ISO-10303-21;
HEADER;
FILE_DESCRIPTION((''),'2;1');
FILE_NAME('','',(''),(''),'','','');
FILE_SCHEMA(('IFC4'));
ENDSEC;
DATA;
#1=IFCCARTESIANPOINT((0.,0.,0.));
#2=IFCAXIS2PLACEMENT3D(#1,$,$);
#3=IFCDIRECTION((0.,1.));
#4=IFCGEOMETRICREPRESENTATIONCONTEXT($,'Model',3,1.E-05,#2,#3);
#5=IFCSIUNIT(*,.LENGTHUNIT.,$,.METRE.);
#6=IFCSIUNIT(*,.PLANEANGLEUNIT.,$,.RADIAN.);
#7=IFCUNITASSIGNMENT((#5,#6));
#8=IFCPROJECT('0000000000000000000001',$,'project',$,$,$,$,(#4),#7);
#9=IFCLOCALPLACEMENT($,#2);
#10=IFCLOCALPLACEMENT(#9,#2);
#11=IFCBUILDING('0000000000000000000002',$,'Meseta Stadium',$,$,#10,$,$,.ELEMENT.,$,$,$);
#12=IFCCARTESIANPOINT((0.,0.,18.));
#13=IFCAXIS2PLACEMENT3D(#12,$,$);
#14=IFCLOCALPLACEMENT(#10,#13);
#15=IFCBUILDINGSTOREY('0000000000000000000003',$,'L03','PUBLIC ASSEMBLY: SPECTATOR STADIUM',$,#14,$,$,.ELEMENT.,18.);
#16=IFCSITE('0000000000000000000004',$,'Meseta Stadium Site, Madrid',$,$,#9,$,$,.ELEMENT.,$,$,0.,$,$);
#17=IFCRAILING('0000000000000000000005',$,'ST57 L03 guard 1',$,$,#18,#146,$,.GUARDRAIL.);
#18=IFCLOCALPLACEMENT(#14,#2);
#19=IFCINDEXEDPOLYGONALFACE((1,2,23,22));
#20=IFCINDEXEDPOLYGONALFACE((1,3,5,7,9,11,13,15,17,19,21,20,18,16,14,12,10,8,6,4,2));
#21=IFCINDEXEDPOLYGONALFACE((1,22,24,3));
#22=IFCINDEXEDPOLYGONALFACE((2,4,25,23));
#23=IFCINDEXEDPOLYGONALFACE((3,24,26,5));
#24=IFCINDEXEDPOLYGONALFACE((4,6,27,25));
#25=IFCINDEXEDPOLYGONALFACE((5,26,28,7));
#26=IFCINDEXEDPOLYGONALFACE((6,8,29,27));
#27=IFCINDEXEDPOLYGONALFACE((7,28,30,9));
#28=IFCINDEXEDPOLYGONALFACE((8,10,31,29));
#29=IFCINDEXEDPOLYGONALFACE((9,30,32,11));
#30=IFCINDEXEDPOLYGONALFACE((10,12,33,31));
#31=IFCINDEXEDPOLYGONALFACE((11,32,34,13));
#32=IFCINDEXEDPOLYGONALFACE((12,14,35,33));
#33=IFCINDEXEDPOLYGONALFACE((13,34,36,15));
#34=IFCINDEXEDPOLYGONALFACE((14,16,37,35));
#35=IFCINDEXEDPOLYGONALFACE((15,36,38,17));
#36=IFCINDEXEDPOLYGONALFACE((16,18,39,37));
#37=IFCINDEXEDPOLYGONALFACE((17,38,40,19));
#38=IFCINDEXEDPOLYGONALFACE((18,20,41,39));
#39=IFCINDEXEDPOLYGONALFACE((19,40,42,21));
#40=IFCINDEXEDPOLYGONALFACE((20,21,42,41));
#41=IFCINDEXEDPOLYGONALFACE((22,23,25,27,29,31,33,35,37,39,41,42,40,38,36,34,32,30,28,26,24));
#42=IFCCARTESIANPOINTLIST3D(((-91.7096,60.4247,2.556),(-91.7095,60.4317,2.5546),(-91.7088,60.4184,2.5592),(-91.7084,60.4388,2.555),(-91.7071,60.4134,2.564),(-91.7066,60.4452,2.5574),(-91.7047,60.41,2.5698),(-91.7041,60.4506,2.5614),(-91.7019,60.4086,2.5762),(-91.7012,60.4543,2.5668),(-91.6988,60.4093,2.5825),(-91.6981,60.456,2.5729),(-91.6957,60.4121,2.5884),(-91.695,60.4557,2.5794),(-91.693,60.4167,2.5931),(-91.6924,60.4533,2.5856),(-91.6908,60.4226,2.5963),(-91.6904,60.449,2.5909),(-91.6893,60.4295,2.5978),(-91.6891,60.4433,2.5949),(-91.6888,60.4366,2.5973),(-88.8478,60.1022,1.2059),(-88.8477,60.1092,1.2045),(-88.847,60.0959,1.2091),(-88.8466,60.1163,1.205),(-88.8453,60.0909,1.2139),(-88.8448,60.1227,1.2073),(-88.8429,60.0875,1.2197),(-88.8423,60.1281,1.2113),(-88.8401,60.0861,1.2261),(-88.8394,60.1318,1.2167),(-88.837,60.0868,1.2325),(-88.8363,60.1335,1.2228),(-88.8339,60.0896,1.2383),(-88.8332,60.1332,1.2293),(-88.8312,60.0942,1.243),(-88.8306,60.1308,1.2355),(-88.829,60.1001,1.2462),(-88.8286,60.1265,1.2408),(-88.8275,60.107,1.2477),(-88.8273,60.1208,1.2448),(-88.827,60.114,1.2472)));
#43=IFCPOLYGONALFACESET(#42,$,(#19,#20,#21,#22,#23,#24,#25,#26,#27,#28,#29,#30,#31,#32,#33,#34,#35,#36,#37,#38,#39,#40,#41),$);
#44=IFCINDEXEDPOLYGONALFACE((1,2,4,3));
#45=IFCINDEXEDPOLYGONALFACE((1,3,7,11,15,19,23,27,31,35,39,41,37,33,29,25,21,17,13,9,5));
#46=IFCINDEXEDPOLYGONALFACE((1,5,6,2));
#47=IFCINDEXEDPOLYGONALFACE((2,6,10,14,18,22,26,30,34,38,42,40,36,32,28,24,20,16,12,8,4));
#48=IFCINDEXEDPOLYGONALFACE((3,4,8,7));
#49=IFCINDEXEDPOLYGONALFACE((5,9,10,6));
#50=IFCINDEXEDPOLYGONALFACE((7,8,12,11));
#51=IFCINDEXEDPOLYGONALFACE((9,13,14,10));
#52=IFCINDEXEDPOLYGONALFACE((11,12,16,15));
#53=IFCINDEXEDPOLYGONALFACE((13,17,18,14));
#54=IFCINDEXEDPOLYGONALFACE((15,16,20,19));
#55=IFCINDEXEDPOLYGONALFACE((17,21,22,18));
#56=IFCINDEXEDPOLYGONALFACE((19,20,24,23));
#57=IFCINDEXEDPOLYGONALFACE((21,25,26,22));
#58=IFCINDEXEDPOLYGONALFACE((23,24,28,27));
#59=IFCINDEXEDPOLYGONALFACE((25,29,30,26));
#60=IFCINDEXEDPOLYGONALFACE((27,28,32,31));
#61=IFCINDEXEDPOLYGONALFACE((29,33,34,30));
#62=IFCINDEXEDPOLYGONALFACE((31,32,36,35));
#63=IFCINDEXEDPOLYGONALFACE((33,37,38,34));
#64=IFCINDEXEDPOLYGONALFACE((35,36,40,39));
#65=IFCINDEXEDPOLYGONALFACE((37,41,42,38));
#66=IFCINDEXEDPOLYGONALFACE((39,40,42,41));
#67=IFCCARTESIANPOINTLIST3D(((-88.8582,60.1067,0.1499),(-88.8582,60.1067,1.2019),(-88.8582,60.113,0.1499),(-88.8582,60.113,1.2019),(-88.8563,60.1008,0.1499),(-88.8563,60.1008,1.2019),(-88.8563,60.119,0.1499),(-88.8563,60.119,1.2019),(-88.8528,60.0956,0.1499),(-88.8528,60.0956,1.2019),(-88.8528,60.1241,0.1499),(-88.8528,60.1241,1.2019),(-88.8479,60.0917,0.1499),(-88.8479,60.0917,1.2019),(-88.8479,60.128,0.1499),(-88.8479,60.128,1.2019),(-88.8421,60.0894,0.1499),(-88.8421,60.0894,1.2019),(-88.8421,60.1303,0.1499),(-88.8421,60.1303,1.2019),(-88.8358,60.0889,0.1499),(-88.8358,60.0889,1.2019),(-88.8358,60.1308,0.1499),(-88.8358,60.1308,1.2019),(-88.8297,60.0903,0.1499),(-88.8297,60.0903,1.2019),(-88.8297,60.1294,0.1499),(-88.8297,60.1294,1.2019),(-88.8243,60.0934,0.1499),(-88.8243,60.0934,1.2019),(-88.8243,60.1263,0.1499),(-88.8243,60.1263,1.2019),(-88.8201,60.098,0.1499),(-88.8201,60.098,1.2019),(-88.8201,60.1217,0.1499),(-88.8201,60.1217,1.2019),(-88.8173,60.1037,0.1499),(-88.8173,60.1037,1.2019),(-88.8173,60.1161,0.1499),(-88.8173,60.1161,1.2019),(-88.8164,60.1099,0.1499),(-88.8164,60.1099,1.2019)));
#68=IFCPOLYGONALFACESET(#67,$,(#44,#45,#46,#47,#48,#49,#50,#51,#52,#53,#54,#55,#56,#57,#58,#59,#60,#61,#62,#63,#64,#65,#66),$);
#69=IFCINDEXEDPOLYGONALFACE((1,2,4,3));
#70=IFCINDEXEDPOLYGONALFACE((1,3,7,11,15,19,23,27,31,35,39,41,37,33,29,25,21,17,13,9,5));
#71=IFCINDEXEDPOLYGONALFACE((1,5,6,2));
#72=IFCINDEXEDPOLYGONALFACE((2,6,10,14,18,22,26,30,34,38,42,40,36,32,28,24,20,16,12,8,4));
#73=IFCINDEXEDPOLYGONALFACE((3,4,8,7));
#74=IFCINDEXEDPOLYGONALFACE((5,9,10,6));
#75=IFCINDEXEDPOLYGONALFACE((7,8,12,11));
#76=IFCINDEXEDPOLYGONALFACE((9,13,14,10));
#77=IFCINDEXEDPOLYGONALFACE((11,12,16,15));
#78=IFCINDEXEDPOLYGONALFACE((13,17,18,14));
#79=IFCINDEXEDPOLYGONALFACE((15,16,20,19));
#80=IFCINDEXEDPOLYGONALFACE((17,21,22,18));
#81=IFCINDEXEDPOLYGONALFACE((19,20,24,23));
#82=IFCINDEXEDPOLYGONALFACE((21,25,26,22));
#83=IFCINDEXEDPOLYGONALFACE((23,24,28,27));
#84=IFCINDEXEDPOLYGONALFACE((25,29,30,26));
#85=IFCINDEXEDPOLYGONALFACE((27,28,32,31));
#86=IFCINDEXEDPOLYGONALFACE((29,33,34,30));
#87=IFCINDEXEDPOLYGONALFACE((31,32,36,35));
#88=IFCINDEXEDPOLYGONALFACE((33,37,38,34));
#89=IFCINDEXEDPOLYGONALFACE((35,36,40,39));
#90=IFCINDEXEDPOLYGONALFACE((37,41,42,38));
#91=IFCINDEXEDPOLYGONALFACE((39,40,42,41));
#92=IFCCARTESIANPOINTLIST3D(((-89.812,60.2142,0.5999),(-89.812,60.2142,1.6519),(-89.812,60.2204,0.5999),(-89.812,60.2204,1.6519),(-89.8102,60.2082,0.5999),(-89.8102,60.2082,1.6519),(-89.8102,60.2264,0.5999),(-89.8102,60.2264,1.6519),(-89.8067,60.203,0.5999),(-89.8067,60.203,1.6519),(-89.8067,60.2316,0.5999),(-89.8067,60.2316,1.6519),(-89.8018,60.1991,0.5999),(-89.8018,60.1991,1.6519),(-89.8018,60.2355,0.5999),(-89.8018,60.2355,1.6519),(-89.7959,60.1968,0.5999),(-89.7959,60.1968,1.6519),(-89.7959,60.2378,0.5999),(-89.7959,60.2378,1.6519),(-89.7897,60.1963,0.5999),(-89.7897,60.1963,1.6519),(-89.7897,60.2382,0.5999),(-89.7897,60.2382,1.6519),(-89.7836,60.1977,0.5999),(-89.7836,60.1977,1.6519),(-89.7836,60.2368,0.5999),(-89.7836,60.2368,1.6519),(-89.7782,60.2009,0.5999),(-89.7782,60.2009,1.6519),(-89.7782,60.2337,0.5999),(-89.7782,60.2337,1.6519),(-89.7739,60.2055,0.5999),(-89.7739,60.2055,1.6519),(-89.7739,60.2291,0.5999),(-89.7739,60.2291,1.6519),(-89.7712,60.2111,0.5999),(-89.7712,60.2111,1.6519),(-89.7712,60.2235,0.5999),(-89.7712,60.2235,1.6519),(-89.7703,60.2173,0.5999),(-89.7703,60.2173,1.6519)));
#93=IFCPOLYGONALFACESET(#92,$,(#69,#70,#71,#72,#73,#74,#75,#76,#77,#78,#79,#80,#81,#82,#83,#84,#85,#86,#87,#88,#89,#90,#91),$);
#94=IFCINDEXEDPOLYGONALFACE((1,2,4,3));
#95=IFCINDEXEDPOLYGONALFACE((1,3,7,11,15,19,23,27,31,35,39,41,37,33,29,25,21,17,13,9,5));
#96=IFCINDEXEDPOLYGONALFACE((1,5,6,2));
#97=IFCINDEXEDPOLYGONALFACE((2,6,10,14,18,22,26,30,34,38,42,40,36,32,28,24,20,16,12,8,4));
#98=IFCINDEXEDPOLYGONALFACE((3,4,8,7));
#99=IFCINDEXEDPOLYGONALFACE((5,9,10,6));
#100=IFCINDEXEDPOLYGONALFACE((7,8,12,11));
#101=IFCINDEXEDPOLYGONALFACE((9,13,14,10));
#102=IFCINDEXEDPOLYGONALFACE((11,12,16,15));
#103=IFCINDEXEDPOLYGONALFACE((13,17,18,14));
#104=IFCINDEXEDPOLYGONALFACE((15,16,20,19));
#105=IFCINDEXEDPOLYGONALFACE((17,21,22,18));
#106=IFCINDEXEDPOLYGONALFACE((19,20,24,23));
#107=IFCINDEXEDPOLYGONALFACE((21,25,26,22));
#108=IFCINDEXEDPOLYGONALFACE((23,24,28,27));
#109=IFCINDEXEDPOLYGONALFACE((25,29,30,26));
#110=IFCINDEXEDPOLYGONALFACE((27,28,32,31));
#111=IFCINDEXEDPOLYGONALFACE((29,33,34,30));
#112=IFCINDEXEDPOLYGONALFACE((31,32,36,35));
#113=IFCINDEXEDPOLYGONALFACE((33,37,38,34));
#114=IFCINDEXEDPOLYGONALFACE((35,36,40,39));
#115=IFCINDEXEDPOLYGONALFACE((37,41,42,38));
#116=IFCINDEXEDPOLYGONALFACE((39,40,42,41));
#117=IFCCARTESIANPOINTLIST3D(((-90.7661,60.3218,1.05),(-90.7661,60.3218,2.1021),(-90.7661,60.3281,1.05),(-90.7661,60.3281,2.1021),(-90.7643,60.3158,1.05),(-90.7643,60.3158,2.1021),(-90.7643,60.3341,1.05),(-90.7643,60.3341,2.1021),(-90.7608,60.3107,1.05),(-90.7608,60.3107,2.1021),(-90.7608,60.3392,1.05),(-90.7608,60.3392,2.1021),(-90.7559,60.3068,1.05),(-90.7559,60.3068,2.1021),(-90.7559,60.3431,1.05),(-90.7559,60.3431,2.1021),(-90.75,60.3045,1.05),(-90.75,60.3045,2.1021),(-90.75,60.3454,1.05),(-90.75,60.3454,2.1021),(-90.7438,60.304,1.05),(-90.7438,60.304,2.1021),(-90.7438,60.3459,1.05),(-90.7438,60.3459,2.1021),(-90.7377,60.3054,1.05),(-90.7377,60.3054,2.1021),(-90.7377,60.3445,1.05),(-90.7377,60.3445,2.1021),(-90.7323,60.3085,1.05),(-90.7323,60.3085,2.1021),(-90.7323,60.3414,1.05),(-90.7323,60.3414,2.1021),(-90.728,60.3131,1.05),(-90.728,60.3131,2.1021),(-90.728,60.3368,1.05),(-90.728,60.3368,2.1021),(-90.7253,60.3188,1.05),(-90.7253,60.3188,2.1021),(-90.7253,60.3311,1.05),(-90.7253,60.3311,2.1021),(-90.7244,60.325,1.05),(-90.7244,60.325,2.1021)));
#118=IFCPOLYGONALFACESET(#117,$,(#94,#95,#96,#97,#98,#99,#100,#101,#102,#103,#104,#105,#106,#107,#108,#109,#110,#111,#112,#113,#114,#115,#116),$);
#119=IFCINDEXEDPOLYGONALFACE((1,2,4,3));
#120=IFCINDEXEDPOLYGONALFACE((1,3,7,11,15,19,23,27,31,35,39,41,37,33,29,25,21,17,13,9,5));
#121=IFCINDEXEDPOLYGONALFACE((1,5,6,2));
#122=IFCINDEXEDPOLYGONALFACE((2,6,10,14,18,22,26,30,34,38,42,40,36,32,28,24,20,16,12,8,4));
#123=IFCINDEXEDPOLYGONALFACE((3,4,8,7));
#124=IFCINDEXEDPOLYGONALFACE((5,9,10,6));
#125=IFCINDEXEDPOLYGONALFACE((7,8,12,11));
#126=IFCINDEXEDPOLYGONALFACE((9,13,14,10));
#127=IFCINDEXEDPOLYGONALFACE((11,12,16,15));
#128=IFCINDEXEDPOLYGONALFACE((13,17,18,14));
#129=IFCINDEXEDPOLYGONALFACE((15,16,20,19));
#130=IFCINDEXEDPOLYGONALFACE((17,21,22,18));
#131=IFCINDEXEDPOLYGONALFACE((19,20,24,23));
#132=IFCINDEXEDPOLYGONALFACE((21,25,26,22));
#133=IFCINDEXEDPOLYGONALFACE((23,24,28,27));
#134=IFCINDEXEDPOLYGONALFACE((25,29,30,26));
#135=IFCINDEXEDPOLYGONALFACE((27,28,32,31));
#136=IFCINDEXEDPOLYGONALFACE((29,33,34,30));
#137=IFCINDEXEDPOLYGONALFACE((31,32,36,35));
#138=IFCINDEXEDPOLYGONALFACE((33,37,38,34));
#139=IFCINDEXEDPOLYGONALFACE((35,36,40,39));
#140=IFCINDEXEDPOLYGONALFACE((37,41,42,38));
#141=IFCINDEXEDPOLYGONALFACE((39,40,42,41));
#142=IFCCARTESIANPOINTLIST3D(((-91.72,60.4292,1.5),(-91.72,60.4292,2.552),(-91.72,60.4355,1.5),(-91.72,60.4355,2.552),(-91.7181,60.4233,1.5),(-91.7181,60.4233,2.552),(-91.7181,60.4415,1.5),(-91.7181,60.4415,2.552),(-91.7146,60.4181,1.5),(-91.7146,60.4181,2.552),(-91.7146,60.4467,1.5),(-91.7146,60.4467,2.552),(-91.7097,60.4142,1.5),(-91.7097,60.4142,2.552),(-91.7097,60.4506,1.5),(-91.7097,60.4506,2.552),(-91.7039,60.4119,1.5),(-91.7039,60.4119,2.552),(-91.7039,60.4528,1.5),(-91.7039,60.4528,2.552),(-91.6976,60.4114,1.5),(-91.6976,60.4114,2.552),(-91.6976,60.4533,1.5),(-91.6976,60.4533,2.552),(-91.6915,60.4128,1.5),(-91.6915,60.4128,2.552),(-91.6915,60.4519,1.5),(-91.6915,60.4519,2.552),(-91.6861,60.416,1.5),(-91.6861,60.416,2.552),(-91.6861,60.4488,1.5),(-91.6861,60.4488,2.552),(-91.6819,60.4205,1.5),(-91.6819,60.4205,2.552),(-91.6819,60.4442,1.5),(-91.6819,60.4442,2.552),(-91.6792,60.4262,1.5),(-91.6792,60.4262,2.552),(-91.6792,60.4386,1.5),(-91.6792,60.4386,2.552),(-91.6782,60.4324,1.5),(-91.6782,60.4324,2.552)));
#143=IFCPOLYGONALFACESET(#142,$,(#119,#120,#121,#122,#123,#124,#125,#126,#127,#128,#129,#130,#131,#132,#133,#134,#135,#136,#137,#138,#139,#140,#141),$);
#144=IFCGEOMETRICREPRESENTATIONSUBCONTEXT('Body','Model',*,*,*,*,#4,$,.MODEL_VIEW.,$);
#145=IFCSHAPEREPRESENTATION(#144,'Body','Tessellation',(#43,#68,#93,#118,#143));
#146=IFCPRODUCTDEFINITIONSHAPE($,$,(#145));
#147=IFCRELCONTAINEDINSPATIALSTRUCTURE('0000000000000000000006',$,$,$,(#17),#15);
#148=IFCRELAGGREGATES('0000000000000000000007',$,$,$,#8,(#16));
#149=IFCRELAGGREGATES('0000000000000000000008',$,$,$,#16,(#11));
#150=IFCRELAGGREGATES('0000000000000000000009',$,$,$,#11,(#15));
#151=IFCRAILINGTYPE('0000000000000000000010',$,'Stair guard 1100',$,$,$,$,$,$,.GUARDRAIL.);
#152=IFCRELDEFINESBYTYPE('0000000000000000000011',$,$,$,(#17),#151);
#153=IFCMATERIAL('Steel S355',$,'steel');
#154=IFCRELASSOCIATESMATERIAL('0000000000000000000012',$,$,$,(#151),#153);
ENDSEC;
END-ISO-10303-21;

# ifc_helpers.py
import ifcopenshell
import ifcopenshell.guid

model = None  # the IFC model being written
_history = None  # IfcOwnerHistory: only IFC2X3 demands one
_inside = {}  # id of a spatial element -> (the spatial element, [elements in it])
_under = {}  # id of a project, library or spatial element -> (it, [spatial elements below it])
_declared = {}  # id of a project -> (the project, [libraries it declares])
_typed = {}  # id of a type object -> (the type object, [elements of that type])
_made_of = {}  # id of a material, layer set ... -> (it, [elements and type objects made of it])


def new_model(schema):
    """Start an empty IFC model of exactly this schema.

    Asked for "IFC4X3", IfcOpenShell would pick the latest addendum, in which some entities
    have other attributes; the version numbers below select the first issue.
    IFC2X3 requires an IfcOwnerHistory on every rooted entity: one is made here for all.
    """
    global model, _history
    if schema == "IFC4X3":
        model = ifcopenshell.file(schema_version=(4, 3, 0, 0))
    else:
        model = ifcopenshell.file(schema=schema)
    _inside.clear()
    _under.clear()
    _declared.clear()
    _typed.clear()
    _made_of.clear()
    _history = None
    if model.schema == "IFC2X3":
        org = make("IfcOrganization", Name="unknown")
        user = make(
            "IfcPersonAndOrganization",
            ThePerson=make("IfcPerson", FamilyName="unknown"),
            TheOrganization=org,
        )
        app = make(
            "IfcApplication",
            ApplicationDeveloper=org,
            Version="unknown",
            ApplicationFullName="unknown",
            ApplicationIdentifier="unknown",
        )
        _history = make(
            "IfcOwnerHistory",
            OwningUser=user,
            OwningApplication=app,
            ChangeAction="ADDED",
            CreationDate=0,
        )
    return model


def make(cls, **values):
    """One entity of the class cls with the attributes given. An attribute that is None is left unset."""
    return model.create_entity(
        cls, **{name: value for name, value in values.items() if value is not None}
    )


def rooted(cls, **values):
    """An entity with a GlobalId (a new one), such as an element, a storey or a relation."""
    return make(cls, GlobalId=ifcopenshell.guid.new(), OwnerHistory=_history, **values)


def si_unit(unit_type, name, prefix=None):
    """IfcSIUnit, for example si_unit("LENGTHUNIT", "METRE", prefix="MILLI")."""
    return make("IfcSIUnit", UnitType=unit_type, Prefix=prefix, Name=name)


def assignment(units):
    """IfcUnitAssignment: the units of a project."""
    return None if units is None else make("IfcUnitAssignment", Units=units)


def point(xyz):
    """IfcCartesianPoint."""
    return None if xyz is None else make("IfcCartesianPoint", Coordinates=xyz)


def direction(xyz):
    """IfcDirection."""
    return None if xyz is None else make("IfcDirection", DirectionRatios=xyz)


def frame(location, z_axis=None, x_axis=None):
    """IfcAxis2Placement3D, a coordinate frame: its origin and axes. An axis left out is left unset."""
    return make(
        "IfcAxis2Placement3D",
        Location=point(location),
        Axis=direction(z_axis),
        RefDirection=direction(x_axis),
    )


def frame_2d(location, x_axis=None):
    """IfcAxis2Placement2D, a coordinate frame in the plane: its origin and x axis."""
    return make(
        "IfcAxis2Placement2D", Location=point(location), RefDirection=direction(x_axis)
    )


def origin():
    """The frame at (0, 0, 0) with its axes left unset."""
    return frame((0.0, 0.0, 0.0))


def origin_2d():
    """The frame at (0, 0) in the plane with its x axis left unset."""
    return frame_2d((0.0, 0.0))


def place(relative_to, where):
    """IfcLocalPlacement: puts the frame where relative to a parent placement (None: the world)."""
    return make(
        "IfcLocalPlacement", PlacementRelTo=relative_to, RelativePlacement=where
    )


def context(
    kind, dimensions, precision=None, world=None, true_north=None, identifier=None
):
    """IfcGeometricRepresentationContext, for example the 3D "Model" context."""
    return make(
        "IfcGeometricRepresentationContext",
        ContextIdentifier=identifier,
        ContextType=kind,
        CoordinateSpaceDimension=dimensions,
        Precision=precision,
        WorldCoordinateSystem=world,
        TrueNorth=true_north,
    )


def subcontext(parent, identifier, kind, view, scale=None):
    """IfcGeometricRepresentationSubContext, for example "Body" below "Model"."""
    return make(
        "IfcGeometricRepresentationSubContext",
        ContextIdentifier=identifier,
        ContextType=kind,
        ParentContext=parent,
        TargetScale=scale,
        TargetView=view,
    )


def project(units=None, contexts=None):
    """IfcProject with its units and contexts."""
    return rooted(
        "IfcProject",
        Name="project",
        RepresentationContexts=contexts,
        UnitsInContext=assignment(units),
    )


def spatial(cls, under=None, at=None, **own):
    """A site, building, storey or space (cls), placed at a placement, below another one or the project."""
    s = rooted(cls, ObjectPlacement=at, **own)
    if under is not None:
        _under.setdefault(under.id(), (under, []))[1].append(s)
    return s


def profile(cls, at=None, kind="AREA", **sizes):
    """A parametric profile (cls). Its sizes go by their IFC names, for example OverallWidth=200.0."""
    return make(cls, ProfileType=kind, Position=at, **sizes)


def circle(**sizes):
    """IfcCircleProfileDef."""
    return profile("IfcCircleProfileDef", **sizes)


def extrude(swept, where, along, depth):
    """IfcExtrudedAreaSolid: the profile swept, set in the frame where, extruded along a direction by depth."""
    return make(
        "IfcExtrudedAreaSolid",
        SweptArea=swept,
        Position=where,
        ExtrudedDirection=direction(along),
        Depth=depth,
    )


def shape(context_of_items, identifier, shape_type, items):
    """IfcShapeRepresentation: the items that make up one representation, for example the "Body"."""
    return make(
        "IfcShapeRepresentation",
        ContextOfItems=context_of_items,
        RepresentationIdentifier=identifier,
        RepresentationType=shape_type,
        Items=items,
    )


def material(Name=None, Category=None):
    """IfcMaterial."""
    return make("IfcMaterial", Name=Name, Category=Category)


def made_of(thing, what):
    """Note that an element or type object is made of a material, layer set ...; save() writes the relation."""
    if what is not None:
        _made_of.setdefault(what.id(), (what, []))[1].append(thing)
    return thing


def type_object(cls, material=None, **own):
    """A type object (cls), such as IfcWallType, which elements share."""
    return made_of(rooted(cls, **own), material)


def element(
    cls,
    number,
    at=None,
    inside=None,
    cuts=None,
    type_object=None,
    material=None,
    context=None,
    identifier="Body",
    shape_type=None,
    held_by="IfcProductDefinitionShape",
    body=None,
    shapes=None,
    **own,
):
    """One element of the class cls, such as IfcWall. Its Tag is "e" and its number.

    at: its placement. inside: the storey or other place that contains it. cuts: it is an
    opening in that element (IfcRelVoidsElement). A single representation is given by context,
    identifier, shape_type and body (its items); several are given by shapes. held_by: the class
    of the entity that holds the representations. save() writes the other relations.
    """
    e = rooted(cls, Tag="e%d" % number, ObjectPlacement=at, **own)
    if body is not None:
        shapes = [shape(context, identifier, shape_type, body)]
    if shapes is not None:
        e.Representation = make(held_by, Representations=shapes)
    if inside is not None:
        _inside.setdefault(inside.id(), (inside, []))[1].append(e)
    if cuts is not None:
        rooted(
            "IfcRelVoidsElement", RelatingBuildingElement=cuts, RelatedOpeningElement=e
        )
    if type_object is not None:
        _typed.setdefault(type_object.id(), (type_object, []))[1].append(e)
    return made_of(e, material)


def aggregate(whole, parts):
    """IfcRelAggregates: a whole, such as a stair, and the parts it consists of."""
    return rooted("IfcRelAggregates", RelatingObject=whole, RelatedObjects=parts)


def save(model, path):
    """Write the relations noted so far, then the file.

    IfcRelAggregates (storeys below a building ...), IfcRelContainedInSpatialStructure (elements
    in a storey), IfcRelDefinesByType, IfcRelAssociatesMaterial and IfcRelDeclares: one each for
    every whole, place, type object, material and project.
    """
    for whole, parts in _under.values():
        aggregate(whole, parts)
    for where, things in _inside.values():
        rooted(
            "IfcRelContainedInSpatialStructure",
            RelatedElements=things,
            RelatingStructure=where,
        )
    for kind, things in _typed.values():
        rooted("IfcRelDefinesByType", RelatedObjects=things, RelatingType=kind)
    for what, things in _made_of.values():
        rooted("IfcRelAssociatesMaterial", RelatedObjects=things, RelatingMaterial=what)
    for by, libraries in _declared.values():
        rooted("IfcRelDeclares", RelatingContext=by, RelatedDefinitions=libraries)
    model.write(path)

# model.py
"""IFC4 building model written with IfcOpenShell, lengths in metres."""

from ifc_helpers import new_model, si_unit, direction, frame, origin, origin_2d, place, context, subcontext, project, spatial, circle, extrude, material, type_object, element, save


model = new_model("IFC4")

# Units and contexts
model_context = context("Model", 3, precision=1e-05, world=origin(), true_north=direction((0.0, 1.0)))
body_context = subcontext(model_context, "Body", "Model", "MODEL_VIEW")
ifc_project = project(units=[si_unit("LENGTHUNIT", "METRE"), si_unit("PLANEANGLEUNIT", "RADIAN")], contexts=[model_context])

# Site, building, storey
site_placement = place(None, origin())
site = spatial("IfcSite", under=ifc_project, at=site_placement, Name="Meseta Stadium Site, Madrid", CompositionType="ELEMENT", RefElevation=0.0)
building_placement = place(site_placement, origin())
building = spatial("IfcBuilding", under=site, at=building_placement, Name="Meseta Stadium", CompositionType="ELEMENT")
storey_placement = place(building_placement, frame((0.0, 0.0, 18.0)))
storey = spatial("IfcBuildingStorey", under=building, at=storey_placement, Name="L03", Description="PUBLIC ASSEMBLY: SPECTATOR STADIUM", CompositionType="ELEMENT", Elevation=18.0)

# Railing
ifc_material_1 = material(Name="Steel S355", Category="steel")
railing_type_1 = type_object("IfcRailingType", Name="Stair guard 1100", PredefinedType="GUARDRAIL", material=ifc_material_1)
railing_1_placement = place(storey_placement, frame((-88.8374, 60.1099, 0.1499)))
element("IfcRailing", 1, at=railing_1_placement, inside=storey, type_object=railing_type_1, Name="ST57 L03 guard 1", PredefinedType="GUARDRAIL", context=body_context, shape_type="SweptSolid", body=[
    extrude(circle(Radius=0.0239, at=origin_2d()), frame((0.0, 0.0, 1.0762), z_axis=(-0.899748, 0.101396, 0.424467), x_axis=(-0.111985, -0.99371, 0.0)), (0.0, 0.0, 1.0), 3.1807),
    extrude(circle(Radius=0.021, at=origin_2d()), origin(), (0.0, 0.0, 1.0), 1.052),
    extrude(circle(Radius=0.021, at=origin_2d()), frame((-0.9539, 0.1074, 0.45)), (0.0, 0.0, 1.0), 1.052),
    extrude(circle(Radius=0.021, at=origin_2d()), frame((-1.908, 0.2151, 0.9001)), (0.0, 0.0, 1.0), 1.052),
    extrude(circle(Radius=0.021, at=origin_2d()), frame((-2.8618, 0.3225, 1.3501)), (0.0, 0.0, 1.0), 1.052),
])

save(model, "model.ifc")
